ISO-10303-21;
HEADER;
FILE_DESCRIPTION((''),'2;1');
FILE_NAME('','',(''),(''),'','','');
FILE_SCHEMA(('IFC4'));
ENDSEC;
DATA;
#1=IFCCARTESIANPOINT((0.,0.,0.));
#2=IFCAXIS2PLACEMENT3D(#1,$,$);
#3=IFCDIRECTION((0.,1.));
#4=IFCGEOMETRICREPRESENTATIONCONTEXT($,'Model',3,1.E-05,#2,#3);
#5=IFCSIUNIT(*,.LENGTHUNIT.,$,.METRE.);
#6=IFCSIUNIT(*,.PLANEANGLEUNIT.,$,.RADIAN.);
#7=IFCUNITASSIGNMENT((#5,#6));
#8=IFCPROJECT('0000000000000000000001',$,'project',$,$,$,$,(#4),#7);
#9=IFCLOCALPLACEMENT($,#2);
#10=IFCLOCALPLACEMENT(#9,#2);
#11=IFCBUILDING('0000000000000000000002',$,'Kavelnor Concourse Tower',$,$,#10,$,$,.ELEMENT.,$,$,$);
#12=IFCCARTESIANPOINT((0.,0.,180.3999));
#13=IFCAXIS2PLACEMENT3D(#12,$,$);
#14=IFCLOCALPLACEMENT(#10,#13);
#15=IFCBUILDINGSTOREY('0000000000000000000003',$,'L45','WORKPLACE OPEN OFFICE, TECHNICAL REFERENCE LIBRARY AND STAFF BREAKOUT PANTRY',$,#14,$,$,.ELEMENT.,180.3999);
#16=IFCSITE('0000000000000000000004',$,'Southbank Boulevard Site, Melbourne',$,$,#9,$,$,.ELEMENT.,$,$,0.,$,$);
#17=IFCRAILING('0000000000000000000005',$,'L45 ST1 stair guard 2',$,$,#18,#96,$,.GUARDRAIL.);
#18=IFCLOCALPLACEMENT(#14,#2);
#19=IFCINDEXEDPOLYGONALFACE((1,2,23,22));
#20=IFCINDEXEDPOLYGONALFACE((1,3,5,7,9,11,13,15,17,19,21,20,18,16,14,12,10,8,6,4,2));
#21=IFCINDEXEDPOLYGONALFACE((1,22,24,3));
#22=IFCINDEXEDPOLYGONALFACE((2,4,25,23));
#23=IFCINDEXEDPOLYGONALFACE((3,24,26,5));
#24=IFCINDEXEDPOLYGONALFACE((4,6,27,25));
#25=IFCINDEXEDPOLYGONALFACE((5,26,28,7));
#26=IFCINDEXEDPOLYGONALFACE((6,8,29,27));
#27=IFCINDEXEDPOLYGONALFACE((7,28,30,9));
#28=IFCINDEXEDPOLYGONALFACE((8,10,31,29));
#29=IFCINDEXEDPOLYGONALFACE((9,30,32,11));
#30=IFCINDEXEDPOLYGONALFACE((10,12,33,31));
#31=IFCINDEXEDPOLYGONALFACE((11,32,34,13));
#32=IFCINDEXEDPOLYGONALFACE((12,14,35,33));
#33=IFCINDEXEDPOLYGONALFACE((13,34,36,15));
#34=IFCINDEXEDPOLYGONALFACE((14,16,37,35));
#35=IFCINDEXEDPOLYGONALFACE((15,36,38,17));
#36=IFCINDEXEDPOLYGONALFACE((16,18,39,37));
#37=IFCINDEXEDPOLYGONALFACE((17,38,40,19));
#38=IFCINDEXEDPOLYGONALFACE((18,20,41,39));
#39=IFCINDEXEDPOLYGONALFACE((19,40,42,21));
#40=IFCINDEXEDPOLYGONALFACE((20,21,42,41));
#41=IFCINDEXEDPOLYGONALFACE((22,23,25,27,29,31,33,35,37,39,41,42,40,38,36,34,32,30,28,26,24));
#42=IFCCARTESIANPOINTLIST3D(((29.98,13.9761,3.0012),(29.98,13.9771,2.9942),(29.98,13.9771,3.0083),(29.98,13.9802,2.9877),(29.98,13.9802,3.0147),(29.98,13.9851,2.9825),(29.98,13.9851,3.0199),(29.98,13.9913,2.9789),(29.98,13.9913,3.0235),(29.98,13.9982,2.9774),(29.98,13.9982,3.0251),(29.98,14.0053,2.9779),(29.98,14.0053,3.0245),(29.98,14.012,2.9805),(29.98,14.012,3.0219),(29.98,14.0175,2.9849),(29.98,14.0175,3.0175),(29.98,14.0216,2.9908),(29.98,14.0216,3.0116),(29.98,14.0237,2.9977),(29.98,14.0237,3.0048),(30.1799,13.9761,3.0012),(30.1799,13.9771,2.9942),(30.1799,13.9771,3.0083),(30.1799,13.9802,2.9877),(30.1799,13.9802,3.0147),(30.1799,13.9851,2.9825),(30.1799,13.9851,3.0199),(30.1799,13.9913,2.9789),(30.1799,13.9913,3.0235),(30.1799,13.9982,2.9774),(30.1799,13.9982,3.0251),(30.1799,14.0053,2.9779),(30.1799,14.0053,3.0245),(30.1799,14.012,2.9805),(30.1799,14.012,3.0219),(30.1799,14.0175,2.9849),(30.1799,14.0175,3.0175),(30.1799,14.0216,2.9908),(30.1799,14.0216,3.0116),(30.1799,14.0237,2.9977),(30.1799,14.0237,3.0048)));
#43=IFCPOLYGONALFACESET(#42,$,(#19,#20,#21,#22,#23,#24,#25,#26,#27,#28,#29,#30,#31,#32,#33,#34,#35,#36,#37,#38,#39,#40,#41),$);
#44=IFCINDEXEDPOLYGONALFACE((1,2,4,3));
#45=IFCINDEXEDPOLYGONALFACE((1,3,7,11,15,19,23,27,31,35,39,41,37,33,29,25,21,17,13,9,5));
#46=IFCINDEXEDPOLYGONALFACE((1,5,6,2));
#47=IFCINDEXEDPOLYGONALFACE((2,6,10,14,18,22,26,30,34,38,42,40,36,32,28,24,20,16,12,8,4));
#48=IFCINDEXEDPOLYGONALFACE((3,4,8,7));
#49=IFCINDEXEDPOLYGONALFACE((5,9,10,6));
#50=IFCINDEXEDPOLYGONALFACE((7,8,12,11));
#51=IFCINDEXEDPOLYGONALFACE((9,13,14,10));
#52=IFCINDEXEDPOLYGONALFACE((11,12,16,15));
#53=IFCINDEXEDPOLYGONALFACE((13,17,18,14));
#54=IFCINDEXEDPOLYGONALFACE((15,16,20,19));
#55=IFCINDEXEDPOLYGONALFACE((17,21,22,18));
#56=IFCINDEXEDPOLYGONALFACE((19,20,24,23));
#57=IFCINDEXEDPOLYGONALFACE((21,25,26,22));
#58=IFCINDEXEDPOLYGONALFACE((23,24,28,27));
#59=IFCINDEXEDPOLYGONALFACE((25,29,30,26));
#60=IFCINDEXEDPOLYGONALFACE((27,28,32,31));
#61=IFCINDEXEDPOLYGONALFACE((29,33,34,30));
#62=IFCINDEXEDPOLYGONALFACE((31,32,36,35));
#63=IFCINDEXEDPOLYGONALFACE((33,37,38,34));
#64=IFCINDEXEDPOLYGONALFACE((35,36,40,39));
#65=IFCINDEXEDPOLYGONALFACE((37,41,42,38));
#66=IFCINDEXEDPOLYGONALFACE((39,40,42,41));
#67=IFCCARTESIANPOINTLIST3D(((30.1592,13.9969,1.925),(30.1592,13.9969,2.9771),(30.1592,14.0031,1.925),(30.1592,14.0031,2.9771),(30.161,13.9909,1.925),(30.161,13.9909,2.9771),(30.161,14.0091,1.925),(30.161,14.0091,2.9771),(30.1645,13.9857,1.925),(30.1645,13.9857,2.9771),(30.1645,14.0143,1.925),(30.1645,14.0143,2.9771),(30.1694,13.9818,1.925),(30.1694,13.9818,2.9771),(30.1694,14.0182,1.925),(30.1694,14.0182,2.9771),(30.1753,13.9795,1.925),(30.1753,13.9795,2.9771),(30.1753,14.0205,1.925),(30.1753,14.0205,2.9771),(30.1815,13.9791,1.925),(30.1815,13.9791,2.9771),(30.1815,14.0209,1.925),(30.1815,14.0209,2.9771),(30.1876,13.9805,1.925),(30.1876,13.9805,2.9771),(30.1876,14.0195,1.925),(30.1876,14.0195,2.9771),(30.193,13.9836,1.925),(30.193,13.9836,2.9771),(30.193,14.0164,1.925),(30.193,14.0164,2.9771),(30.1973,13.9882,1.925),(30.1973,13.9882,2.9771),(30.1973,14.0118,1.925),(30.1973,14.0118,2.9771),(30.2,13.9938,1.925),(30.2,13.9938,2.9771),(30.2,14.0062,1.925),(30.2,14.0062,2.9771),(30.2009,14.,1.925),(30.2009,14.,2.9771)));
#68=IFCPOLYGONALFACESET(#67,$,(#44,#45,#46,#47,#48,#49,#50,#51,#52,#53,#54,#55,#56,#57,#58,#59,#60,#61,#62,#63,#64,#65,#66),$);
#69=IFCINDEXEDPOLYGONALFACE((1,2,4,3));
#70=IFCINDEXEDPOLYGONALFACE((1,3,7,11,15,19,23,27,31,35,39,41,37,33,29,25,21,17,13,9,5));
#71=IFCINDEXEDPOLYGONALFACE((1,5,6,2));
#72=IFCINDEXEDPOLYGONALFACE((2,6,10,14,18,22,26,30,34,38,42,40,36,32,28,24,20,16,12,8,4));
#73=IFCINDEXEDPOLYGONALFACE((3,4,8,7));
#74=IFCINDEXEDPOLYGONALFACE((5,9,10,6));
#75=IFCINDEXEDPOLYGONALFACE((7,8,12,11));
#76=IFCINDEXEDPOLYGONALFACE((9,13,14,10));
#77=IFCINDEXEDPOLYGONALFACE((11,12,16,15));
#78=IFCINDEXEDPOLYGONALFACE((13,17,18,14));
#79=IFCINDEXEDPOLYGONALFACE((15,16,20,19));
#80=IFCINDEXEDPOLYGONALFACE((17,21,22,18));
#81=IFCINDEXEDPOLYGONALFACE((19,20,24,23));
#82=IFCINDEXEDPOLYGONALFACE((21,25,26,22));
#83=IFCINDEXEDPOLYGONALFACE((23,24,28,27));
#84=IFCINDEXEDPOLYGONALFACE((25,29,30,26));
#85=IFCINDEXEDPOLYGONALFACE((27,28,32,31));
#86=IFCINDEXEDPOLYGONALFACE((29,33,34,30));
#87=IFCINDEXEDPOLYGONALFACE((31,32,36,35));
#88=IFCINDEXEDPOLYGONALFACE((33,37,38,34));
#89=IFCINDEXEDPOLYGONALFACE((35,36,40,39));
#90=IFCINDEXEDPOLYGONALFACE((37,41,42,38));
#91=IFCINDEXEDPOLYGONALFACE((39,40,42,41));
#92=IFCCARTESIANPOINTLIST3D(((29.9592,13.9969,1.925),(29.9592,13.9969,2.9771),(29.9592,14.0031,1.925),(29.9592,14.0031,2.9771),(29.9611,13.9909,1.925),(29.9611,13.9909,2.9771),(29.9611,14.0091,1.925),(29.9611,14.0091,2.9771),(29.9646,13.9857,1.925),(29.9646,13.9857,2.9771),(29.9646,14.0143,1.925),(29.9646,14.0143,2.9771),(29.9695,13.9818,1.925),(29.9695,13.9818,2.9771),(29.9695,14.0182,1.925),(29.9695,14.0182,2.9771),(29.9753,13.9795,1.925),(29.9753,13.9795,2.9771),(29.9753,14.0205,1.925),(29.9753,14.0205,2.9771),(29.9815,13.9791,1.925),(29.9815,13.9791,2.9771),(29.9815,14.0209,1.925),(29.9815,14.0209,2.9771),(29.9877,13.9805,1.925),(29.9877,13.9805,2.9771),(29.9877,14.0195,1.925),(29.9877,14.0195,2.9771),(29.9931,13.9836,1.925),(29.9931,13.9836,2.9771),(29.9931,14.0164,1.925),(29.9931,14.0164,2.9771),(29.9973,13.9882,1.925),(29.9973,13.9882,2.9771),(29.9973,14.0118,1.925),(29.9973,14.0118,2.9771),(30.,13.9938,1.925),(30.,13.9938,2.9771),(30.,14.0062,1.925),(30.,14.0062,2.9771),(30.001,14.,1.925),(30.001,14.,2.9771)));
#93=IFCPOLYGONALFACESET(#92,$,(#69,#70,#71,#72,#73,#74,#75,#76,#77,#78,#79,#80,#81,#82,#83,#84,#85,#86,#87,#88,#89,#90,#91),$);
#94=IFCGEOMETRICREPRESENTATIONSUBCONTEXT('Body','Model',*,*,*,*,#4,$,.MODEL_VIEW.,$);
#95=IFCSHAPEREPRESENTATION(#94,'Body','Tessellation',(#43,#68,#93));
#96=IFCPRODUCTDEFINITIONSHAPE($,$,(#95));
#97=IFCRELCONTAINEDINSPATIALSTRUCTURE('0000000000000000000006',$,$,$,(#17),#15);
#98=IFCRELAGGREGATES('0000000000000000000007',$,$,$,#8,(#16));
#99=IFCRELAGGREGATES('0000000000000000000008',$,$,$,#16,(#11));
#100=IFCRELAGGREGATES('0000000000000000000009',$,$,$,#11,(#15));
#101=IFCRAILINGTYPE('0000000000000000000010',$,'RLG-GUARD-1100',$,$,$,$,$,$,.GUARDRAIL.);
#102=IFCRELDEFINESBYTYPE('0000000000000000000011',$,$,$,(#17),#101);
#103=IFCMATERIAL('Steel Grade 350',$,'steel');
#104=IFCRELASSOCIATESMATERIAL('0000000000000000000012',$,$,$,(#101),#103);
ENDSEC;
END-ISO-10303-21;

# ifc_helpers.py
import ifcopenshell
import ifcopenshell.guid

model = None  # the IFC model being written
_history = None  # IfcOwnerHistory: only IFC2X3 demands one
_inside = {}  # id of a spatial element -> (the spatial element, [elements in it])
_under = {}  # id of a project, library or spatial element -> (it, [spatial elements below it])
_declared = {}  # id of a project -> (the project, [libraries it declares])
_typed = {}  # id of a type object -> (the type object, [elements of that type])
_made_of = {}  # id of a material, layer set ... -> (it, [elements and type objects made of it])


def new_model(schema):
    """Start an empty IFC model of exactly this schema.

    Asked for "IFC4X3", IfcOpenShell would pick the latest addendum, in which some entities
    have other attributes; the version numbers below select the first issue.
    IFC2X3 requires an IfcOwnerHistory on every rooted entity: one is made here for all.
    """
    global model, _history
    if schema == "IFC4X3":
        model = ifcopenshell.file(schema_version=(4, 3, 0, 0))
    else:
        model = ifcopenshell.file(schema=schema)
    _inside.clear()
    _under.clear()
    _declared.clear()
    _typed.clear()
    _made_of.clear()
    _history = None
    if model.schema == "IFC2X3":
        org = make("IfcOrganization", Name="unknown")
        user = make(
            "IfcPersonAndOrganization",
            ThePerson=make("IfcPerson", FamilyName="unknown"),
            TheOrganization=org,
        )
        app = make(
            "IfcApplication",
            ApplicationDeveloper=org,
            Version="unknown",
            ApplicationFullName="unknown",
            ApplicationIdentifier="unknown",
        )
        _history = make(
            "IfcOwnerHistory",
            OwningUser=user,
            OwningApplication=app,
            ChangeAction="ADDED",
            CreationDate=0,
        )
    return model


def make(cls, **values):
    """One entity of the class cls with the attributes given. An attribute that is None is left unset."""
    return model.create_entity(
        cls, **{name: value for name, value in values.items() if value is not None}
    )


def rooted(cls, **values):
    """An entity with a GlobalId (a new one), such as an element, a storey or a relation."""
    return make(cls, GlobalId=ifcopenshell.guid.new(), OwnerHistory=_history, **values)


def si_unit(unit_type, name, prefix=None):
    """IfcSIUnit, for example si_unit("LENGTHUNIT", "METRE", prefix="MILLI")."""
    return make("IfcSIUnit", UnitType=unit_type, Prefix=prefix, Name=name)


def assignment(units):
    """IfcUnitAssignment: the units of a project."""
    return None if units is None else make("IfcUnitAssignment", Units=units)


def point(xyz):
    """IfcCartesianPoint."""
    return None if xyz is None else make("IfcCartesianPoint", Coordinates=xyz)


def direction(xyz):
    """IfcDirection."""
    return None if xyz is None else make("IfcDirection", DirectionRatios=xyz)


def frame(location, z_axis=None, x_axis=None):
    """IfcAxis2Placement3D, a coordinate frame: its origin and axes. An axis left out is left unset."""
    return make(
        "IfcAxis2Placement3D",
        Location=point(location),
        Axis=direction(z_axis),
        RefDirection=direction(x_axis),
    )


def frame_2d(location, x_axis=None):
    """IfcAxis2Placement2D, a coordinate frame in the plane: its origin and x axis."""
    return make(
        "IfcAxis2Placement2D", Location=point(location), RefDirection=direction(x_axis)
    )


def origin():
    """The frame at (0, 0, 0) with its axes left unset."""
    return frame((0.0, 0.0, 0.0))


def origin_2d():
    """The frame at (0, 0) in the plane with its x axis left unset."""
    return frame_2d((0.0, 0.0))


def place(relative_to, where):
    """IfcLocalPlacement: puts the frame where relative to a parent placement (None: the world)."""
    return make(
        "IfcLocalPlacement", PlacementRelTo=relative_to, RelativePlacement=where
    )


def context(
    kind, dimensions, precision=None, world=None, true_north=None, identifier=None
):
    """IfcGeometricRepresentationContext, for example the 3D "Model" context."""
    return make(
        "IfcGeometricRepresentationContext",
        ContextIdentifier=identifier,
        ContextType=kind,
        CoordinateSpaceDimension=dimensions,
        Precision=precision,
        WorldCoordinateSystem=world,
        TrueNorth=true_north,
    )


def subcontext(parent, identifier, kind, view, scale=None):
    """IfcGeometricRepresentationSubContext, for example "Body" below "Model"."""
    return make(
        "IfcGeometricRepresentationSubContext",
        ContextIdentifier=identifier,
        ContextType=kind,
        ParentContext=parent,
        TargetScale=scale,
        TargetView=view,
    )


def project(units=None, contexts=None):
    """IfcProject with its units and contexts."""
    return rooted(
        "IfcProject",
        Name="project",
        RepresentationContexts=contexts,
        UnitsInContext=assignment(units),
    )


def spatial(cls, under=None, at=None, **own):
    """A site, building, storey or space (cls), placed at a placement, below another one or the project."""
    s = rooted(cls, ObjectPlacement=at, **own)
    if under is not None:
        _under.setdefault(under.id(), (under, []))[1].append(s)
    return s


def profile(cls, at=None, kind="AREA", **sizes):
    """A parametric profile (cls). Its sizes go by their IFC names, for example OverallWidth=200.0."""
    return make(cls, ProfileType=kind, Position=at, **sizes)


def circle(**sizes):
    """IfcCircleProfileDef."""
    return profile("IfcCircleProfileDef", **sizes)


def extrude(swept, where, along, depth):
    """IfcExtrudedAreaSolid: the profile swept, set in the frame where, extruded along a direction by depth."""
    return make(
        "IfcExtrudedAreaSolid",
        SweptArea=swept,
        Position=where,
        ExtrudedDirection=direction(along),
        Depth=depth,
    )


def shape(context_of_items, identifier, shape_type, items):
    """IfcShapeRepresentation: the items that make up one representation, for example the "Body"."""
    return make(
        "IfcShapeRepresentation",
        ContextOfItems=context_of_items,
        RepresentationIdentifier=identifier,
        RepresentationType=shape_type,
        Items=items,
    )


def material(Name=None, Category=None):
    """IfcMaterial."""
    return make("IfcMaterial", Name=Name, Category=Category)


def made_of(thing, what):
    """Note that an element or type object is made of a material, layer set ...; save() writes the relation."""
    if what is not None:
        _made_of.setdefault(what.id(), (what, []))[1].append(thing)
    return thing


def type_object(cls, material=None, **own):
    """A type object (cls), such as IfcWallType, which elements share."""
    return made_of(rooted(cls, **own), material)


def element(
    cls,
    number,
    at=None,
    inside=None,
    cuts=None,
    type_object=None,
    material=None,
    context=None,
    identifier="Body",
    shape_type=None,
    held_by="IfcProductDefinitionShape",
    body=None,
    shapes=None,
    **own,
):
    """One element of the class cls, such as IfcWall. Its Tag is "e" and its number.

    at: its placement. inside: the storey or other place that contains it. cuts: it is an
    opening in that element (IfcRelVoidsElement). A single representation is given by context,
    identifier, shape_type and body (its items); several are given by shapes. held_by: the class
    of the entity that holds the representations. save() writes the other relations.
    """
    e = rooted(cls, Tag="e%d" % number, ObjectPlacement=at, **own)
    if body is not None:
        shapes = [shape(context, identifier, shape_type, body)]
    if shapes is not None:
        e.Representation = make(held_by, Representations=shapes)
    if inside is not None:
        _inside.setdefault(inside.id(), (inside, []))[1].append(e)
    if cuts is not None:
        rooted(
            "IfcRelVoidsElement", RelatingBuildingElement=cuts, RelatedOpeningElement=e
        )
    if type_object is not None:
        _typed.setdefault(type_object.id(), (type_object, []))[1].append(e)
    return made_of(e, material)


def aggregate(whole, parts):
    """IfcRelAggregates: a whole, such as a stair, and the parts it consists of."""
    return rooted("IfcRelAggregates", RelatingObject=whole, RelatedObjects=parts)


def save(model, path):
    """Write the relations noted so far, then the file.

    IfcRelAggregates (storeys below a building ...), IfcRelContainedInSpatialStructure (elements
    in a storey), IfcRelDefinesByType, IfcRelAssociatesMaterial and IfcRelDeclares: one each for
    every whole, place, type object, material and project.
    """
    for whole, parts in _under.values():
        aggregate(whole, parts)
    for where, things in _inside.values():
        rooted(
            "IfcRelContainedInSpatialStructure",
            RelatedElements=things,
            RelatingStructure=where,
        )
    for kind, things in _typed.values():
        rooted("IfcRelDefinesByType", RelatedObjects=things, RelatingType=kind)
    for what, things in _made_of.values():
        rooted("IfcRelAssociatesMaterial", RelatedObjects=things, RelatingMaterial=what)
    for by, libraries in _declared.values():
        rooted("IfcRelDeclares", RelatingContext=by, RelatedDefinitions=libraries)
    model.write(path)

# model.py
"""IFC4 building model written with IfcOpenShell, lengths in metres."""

from ifc_helpers import new_model, si_unit, direction, frame, origin, origin_2d, place, context, subcontext, project, spatial, circle, extrude, material, type_object, element, save


model = new_model("IFC4")

# Units and contexts
model_context = context("Model", 3, precision=1e-05, world=origin(), true_north=direction((0.0, 1.0)))
body_context = subcontext(model_context, "Body", "Model", "MODEL_VIEW")
ifc_project = project(units=[si_unit("LENGTHUNIT", "METRE"), si_unit("PLANEANGLEUNIT", "RADIAN")], contexts=[model_context])

# Site, building, storey
site_placement = place(None, origin())
site = spatial("IfcSite", under=ifc_project, at=site_placement, Name="Southbank Boulevard Site, Melbourne", CompositionType="ELEMENT", RefElevation=0.0)
building_placement = place(site_placement, origin())
building = spatial("IfcBuilding", under=site, at=building_placement, Name="Kavelnor Concourse Tower", CompositionType="ELEMENT")
storey_placement = place(building_placement, frame((0.0, 0.0, 180.3999)))
storey = spatial("IfcBuildingStorey", under=building, at=storey_placement, Name="L45", Description="WORKPLACE OPEN OFFICE, TECHNICAL REFERENCE LIBRARY AND STAFF BREAKOUT PANTRY", CompositionType="ELEMENT", Elevation=180.3999)

# Shared definitions
ifc_material_1 = material(Name="Steel Grade 350", Category="steel")

# Railing
railing_type_1 = type_object("IfcRailingType", Name="RLG-GUARD-1100", PredefinedType="GUARDRAIL", material=ifc_material_1)
railing_1_placement = place(storey_placement, frame((30.1799, 14.0, 1.925)))
element("IfcRailing", 1, at=railing_1_placement, inside=storey, type_object=railing_type_1, Name="L45 ST1 stair guard 2", PredefinedType="GUARDRAIL", context=body_context, shape_type="SweptSolid", body=[
    extrude(circle(Radius=0.0239, at=origin_2d()), frame((0.0, 0.0, 1.0762), z_axis=(-1.0, 0.0, 0.0), x_axis=(0.0, -1.0, 0.0)), (0.0, 0.0, 1.0), 0.2),
    extrude(circle(Radius=0.021, at=origin_2d()), origin(), (0.0, 0.0, 1.0), 1.052),
    extrude(circle(Radius=0.021, at=origin_2d()), frame((-0.2, 0.0, 0.0)), (0.0, 0.0, 1.0), 1.052),
])

save(model, "model.ifc")
